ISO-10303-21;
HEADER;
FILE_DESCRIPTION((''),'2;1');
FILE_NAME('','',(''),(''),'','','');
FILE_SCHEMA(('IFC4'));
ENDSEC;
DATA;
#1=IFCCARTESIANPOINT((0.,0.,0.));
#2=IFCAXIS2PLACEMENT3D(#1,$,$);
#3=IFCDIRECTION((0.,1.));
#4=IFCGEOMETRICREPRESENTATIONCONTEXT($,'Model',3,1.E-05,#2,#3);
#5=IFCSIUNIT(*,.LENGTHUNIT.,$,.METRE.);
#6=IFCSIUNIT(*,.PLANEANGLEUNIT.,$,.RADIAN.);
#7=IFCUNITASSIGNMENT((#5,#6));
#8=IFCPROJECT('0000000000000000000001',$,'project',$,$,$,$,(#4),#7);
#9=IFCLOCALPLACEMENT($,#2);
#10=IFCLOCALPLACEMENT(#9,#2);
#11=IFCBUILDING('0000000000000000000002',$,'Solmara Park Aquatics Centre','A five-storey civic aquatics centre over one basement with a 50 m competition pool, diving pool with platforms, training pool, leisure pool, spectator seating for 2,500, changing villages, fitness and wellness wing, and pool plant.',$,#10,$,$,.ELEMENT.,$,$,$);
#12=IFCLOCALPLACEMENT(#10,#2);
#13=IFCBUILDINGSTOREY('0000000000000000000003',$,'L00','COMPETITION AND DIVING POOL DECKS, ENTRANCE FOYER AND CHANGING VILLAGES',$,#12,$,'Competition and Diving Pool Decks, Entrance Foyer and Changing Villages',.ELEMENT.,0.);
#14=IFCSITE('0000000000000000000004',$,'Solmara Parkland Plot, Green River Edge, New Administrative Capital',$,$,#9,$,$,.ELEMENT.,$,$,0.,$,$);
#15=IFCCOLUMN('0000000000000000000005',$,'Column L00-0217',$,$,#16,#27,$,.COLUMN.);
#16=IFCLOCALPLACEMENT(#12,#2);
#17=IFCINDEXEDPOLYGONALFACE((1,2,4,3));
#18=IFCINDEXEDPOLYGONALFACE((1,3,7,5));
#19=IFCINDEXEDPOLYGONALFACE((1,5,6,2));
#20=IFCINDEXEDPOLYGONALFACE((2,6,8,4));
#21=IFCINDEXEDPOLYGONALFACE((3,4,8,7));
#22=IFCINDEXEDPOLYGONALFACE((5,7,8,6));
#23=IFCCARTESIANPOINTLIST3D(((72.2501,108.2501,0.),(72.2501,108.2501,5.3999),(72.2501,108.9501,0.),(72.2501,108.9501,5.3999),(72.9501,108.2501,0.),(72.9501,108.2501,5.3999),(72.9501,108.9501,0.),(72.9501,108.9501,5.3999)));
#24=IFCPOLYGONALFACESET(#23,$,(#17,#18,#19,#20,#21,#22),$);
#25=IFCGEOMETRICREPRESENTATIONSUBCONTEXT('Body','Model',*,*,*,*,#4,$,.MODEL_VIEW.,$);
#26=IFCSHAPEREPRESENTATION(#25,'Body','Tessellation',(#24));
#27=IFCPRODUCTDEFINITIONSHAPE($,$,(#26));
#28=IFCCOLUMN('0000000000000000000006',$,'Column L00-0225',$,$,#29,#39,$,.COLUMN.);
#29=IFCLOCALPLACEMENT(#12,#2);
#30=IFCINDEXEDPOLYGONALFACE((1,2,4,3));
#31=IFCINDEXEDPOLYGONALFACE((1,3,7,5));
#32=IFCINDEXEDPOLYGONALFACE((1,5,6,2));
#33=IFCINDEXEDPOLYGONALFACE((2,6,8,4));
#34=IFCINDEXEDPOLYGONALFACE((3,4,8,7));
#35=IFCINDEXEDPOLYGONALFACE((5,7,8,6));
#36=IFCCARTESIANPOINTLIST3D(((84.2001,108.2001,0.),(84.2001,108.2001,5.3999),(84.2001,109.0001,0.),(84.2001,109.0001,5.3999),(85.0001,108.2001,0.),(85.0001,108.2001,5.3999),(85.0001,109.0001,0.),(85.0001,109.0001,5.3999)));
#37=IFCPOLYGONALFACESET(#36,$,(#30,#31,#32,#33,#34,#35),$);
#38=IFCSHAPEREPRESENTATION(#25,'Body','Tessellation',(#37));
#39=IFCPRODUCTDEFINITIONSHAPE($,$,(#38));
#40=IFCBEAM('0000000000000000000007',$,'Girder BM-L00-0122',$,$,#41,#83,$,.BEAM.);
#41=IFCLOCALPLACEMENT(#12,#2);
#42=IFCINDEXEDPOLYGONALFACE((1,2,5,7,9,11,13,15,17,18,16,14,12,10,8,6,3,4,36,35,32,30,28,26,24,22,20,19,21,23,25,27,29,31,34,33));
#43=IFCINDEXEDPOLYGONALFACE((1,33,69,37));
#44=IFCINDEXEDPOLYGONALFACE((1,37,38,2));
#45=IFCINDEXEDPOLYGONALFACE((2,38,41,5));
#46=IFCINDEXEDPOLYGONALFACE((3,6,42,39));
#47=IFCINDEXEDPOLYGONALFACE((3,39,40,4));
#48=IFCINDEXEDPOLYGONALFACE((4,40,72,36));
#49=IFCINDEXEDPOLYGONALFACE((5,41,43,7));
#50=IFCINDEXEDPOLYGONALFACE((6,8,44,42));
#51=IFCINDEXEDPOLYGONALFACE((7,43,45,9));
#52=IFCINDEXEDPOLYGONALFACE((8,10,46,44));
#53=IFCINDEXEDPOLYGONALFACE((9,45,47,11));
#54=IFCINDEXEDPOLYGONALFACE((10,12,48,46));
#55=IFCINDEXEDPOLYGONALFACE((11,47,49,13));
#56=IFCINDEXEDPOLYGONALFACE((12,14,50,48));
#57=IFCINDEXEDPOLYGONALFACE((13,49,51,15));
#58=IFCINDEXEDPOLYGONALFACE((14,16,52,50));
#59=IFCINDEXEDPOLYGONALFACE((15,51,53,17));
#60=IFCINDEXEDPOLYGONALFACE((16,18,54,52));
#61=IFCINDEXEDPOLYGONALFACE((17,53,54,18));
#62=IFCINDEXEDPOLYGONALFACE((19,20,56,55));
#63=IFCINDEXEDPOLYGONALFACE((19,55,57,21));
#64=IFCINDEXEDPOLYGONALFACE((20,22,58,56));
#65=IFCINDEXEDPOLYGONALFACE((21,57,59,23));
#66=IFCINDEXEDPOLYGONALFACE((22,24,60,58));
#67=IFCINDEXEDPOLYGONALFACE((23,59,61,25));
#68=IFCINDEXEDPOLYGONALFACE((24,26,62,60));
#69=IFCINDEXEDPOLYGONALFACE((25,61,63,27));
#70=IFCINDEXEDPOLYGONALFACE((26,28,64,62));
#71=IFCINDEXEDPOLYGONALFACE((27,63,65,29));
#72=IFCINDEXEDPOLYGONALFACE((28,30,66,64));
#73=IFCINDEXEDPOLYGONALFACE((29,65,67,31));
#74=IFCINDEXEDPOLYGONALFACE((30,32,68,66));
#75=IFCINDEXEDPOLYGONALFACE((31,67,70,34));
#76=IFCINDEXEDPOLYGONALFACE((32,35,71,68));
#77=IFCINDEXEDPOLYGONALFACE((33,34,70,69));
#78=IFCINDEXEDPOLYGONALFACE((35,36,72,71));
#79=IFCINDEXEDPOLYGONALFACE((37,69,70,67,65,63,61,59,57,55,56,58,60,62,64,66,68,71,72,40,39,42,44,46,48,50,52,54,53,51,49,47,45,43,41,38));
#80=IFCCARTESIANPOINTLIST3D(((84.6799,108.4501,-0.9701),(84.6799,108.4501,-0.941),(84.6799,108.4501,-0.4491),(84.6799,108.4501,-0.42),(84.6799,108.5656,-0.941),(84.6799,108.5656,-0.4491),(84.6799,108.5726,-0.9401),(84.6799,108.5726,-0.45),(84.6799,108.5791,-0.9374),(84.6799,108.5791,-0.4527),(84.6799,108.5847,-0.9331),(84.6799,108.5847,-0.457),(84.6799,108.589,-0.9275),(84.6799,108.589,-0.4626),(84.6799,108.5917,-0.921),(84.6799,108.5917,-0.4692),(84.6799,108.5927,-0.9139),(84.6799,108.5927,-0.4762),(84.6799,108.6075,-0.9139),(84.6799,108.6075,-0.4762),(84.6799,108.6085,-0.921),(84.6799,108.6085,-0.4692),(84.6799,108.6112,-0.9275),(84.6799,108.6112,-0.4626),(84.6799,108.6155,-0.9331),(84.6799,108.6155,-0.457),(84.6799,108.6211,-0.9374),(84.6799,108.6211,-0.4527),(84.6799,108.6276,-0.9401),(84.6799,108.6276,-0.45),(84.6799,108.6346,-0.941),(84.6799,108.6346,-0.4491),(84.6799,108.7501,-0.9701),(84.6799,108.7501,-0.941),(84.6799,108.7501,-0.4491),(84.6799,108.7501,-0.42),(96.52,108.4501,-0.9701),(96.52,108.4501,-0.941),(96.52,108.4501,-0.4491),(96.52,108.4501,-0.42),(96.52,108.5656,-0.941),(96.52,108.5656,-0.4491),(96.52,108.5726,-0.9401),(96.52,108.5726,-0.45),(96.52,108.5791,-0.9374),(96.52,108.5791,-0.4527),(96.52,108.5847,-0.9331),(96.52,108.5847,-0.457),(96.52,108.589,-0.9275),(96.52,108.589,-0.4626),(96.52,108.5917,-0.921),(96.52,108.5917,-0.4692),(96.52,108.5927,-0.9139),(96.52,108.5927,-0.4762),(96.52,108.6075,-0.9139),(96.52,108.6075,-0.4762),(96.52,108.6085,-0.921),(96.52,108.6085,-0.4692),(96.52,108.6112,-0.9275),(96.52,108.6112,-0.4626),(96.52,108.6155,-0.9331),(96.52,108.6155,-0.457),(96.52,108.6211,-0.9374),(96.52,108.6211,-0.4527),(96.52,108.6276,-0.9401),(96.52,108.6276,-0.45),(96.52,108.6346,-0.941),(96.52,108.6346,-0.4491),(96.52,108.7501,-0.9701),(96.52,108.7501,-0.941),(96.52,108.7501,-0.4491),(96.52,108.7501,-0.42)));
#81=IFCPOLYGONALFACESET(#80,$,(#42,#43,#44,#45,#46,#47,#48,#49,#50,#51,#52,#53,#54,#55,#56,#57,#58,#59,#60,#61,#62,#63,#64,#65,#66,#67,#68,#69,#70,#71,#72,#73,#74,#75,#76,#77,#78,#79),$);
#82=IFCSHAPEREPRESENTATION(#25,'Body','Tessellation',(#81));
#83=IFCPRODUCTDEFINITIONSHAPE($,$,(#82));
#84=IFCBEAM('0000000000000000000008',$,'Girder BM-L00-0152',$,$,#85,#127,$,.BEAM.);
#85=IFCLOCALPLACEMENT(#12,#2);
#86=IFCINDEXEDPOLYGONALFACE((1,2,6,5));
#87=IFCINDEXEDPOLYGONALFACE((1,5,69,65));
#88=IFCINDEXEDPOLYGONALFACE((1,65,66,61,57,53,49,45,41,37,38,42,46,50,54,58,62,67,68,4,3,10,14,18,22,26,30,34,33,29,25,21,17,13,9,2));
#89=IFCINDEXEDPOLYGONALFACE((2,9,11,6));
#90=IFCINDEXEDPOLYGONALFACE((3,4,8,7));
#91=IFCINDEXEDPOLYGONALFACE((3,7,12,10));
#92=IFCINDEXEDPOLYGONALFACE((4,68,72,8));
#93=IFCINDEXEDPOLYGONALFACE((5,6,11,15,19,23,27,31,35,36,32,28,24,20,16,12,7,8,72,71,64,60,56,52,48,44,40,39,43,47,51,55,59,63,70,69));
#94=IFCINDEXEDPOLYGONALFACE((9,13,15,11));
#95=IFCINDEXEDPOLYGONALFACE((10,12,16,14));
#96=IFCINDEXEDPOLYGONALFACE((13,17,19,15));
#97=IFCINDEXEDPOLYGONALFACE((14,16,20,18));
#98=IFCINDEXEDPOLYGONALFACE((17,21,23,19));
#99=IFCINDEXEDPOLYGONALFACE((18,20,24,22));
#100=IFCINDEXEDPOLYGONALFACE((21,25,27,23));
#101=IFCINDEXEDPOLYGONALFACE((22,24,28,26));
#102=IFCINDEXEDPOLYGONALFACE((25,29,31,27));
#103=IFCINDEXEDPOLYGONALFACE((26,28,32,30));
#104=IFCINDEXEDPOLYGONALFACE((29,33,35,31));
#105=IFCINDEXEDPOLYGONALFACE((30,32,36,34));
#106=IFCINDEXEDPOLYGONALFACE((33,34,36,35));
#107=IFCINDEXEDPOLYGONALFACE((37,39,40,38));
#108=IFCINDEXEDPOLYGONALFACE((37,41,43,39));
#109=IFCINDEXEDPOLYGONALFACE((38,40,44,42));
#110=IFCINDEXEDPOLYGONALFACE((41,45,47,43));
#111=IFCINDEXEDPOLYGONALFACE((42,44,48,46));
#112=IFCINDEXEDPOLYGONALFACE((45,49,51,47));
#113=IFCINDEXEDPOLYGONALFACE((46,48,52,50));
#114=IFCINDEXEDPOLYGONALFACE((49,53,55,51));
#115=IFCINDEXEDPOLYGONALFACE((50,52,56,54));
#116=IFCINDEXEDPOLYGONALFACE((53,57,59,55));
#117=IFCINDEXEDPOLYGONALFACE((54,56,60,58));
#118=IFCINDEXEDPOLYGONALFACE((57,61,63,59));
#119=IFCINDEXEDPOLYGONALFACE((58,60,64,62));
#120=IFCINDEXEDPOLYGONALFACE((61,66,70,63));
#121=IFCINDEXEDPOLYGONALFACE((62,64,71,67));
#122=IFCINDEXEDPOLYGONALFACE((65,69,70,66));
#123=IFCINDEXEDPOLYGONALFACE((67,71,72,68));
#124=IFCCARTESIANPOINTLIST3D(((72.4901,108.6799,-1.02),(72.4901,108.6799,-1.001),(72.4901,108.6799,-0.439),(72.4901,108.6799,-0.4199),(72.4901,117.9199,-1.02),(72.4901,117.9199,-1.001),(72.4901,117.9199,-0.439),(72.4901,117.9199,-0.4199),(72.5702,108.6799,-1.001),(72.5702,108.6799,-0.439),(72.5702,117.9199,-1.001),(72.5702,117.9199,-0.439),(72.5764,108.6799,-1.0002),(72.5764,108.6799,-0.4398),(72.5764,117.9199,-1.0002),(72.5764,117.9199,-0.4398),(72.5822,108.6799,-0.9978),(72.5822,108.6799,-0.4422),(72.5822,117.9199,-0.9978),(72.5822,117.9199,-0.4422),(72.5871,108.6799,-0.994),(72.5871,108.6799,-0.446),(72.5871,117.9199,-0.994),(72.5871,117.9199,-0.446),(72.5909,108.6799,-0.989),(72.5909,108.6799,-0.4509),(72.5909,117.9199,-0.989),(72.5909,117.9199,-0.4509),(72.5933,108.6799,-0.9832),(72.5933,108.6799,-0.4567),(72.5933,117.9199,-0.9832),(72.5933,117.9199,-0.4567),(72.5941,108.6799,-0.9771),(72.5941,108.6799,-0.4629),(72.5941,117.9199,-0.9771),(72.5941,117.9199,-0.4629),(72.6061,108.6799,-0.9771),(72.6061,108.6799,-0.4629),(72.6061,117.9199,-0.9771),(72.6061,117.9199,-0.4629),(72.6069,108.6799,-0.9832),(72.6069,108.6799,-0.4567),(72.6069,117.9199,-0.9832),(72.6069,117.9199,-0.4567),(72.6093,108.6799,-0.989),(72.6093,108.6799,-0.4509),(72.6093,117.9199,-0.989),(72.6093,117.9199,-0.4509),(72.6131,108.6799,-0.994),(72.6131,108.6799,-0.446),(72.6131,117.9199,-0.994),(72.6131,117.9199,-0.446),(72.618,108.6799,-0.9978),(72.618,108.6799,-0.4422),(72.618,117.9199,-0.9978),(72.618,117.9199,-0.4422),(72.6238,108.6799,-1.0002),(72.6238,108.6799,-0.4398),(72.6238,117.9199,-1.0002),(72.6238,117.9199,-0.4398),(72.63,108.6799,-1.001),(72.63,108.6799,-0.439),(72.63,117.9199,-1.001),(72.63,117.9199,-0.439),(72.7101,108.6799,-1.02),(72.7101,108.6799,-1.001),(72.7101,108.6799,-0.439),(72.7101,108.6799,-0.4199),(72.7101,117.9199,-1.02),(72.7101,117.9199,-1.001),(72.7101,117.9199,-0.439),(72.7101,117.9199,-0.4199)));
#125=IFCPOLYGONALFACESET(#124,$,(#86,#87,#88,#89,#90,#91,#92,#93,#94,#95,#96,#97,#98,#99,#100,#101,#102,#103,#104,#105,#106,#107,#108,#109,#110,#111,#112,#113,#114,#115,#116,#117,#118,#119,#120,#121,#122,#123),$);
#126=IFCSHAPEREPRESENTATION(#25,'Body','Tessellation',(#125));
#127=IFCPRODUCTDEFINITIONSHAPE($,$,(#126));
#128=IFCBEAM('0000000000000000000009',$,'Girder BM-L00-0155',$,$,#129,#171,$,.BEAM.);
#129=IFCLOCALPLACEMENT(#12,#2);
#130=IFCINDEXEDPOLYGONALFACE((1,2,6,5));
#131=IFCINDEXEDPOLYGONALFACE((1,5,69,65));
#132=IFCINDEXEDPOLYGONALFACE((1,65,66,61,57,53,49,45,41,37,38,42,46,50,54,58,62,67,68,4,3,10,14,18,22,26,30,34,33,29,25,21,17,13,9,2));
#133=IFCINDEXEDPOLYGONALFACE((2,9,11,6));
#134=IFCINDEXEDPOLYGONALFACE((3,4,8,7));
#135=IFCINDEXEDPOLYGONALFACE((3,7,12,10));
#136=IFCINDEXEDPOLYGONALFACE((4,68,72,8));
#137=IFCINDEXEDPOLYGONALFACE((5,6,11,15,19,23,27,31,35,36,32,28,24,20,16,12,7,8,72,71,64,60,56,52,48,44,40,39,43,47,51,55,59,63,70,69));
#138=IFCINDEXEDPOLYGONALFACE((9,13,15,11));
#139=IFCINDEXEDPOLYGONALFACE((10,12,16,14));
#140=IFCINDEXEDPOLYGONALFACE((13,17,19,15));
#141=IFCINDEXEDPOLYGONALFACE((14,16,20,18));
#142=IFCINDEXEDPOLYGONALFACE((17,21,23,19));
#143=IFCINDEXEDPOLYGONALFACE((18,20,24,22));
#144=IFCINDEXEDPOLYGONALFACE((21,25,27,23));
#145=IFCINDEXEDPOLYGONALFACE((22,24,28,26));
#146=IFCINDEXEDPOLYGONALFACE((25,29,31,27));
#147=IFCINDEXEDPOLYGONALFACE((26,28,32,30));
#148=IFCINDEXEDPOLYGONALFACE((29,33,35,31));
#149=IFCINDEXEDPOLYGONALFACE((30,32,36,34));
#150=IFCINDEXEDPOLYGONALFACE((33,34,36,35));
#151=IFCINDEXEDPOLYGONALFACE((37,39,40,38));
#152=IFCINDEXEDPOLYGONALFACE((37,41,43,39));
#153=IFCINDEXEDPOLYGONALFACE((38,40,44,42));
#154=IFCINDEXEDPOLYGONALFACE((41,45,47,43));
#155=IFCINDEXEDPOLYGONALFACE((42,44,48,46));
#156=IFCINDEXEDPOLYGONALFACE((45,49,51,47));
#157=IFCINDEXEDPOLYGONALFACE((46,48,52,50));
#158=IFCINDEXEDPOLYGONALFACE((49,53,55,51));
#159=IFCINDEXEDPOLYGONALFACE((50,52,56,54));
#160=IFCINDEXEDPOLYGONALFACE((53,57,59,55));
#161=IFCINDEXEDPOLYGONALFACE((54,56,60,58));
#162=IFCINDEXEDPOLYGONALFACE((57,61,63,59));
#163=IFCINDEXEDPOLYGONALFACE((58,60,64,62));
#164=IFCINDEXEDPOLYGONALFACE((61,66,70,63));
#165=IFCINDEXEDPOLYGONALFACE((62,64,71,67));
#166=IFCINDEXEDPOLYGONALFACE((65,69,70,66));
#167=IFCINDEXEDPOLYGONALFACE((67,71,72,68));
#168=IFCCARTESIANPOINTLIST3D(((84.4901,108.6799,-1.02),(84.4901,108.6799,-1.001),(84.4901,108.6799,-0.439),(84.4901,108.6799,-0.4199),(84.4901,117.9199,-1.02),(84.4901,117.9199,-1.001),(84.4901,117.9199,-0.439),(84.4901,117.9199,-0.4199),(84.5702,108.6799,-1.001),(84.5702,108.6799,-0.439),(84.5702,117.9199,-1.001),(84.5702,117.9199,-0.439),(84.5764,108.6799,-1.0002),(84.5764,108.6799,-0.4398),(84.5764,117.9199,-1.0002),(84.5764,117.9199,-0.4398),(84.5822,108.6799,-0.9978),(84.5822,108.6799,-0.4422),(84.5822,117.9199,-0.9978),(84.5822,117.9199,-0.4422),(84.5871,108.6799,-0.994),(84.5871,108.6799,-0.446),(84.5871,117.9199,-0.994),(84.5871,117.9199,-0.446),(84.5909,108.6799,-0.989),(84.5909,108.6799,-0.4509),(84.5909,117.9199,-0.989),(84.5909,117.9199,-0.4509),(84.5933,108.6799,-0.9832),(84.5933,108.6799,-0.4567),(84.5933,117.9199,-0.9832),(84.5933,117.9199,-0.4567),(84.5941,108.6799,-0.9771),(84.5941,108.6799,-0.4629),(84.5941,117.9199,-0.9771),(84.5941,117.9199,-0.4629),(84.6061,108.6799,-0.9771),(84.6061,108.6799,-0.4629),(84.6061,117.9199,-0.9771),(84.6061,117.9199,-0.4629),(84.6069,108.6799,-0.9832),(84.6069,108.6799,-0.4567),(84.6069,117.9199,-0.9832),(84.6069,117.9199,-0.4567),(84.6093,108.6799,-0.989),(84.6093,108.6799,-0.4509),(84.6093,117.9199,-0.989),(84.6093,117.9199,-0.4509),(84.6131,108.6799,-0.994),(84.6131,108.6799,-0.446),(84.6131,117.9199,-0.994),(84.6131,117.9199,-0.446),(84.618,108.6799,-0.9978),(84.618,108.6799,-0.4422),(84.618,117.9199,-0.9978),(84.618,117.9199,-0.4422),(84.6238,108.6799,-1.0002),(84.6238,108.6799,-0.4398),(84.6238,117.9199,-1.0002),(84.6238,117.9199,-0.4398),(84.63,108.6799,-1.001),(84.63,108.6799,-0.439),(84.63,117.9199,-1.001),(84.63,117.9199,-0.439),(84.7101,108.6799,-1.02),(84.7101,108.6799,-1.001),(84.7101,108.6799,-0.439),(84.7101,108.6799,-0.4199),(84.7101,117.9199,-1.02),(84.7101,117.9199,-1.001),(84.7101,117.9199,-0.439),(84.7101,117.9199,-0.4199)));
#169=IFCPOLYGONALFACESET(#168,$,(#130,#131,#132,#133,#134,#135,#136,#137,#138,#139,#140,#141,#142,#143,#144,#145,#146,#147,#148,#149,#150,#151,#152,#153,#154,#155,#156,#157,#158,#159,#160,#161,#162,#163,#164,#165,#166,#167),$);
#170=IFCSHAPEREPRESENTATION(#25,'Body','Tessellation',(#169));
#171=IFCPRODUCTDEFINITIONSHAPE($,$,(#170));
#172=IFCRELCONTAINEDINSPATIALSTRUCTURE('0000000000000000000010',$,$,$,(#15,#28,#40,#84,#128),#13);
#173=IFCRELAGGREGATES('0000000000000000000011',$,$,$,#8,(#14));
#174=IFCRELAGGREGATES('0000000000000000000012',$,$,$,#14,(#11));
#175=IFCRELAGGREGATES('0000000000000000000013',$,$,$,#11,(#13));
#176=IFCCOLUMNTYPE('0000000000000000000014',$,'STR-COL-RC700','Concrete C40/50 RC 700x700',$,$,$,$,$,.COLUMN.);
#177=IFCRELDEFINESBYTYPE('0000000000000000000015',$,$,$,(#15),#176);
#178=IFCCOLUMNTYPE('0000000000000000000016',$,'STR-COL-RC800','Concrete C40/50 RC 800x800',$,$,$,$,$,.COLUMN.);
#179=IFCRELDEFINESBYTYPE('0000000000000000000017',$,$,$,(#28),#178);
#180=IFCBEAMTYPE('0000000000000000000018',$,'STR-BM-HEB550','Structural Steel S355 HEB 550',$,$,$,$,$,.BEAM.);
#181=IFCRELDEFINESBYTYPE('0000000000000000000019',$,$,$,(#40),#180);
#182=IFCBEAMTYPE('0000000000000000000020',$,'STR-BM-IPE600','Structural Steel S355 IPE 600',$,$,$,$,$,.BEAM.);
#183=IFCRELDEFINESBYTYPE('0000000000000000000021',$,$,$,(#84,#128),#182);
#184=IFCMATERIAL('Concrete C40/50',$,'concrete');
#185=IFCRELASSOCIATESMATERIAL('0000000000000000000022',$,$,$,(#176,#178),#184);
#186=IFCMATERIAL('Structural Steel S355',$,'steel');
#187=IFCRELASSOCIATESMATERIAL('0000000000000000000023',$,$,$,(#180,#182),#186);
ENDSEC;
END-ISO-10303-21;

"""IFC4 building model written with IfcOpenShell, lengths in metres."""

from ifc_helpers import new_model, si_unit, direction, frame, origin, origin_2d, place, context, subcontext, project, spatial, rectangle, i_section, extrude, material, material_profile, profile_set, type_object, element, save


model = new_model("IFC4")

# Units and contexts
model_context = context("Model", 3, precision=1e-05, world=origin(), true_north=direction((0.0, 1.0)))
body_context = subcontext(model_context, "Body", "Model", "MODEL_VIEW")
ifc_project = project(units=[si_unit("LENGTHUNIT", "METRE"), si_unit("PLANEANGLEUNIT", "RADIAN")], contexts=[model_context])

# Site, building, storey
site_placement = place(None, origin())
site = spatial("IfcSite", under=ifc_project, at=site_placement, Name="Solmara Parkland Plot, Green River Edge, New Administrative Capital", CompositionType="ELEMENT", RefElevation=0.0)
building_placement = place(site_placement, origin())
building = spatial("IfcBuilding", under=site, at=building_placement, Name="Solmara Park Aquatics Centre", Description="A five-storey civic aquatics centre over one basement with a 50 m competition pool, diving pool with platforms, training pool, leisure pool, spectator seating for 2,500, changing villages, fitness and wellness wing, and pool plant.", CompositionType="ELEMENT")
storey_placement = place(building_placement, origin())
storey = spatial("IfcBuildingStorey", under=building, at=storey_placement, Name="L00", Description="COMPETITION AND DIVING POOL DECKS, ENTRANCE FOYER AND CHANGING VILLAGES", LongName="Competition and Diving Pool Decks, Entrance Foyer and Changing Villages", CompositionType="ELEMENT", Elevation=0.0)

# Columns
ifc_material_1 = material(Name="Concrete C40/50", Category="concrete")
ifc_material_profile_1 = material_profile(ifc_material_1, rectangle(XDim=0.7, YDim=0.7, at=origin_2d()), Name="RC 700x700")
ifc_profile_set_1 = profile_set([ifc_material_profile_1], Name="Concrete C40/50")
column_type_1 = type_object("IfcColumnType", Name="STR-COL-RC700", Description="Concrete C40/50 RC 700x700", PredefinedType="COLUMN", material=ifc_profile_set_1)
column_1_placement = place(storey_placement, frame((72.6001, 108.6001, 0.0), z_axis=(0.0, 0.0, 1.0), x_axis=(1.0, 0.0, 0.0)))
element("IfcColumn", 1, at=column_1_placement, inside=storey, type_object=column_type_1, Name="Column L00-0217", PredefinedType="COLUMN", context=body_context, shape_type="SweptSolid", body=[
    extrude(rectangle(XDim=0.7, YDim=0.7, at=origin_2d()), origin(), (0.0, 0.0, 1.0), 5.3999),
])
ifc_material_profile_2 = material_profile(ifc_material_1, rectangle(XDim=0.8, YDim=0.8, at=origin_2d()), Name="RC 800x800")
ifc_profile_set_2 = profile_set([ifc_material_profile_2], Name="Concrete C40/50")
column_type_2 = type_object("IfcColumnType", Name="STR-COL-RC800", Description="Concrete C40/50 RC 800x800", PredefinedType="COLUMN", material=ifc_profile_set_2)
column_2_placement = place(storey_placement, frame((84.6001, 108.6001, 0.0), z_axis=(0.0, 0.0, 1.0), x_axis=(1.0, 0.0, 0.0)))
element("IfcColumn", 2, at=column_2_placement, inside=storey, type_object=column_type_2, Name="Column L00-0225", PredefinedType="COLUMN", context=body_context, shape_type="SweptSolid", body=[
    extrude(rectangle(XDim=0.8, YDim=0.8, at=origin_2d()), origin(), (0.0, 0.0, 1.0), 5.3999),
])

# Beams
ifc_material_2 = material(Name="Structural Steel S355", Category="steel")
ifc_material_profile_3 = material_profile(ifc_material_2, i_section(OverallWidth=0.3, OverallDepth=0.55, WebThickness=0.0149, FlangeThickness=0.0291, FilletRadius=0.0271, at=origin_2d()), Name="HEB 550")
ifc_profile_set_3 = profile_set([ifc_material_profile_3], Name="Structural Steel S355")
beam_type_1 = type_object("IfcBeamType", Name="STR-BM-HEB550", Description="Structural Steel S355 HEB 550", PredefinedType="BEAM", material=ifc_profile_set_3)
beam_1_placement = place(storey_placement, frame((84.6799, 108.6001, -0.6951), z_axis=(1.0, 0.0, 0.0), x_axis=(0.0, 1.0, 0.0)))
element("IfcBeam", 3, at=beam_1_placement, inside=storey, type_object=beam_type_1, Name="Girder BM-L00-0122", PredefinedType="BEAM", context=body_context, shape_type="SweptSolid", body=[
    extrude(i_section(OverallWidth=0.3, OverallDepth=0.55, WebThickness=0.0149, FlangeThickness=0.0291, FilletRadius=0.0271, at=origin_2d()), origin(), (0.0, 0.0, 1.0), 11.8401),
])
ifc_material_profile_4 = material_profile(ifc_material_2, i_section(OverallWidth=0.22, OverallDepth=0.6001, WebThickness=0.012, FlangeThickness=0.019, FilletRadius=0.0239, at=origin_2d()), Name="IPE 600")
ifc_profile_set_4 = profile_set([ifc_material_profile_4], Name="Structural Steel S355")
beam_type_2 = type_object("IfcBeamType", Name="STR-BM-IPE600", Description="Structural Steel S355 IPE 600", PredefinedType="BEAM", material=ifc_profile_set_4)
for number, where, z_axis, x_axis, name in (
    (4, (72.6001, 108.6799, -0.72), (0.0, 1.0, 0.0), (-1.0, 0.0, 0.0), "Girder BM-L00-0152"),
    (5, (84.6001, 108.6799, -0.72), (0.0, 1.0, 0.0), (-1.0, 0.0, 0.0), "Girder BM-L00-0155"),
):
    element("IfcBeam", number, at=place(storey_placement, frame(where, z_axis=z_axis, x_axis=x_axis)), inside=storey, type_object=beam_type_2, Name=name, PredefinedType="BEAM", context=body_context, shape_type="SweptSolid", body=[
        extrude(i_section(OverallWidth=0.22, OverallDepth=0.6001, WebThickness=0.012, FlangeThickness=0.019, FilletRadius=0.0239, at=origin_2d()), origin(), (0.0, 0.0, 1.0), 9.24),
    ])

save(model, "model.ifc")
